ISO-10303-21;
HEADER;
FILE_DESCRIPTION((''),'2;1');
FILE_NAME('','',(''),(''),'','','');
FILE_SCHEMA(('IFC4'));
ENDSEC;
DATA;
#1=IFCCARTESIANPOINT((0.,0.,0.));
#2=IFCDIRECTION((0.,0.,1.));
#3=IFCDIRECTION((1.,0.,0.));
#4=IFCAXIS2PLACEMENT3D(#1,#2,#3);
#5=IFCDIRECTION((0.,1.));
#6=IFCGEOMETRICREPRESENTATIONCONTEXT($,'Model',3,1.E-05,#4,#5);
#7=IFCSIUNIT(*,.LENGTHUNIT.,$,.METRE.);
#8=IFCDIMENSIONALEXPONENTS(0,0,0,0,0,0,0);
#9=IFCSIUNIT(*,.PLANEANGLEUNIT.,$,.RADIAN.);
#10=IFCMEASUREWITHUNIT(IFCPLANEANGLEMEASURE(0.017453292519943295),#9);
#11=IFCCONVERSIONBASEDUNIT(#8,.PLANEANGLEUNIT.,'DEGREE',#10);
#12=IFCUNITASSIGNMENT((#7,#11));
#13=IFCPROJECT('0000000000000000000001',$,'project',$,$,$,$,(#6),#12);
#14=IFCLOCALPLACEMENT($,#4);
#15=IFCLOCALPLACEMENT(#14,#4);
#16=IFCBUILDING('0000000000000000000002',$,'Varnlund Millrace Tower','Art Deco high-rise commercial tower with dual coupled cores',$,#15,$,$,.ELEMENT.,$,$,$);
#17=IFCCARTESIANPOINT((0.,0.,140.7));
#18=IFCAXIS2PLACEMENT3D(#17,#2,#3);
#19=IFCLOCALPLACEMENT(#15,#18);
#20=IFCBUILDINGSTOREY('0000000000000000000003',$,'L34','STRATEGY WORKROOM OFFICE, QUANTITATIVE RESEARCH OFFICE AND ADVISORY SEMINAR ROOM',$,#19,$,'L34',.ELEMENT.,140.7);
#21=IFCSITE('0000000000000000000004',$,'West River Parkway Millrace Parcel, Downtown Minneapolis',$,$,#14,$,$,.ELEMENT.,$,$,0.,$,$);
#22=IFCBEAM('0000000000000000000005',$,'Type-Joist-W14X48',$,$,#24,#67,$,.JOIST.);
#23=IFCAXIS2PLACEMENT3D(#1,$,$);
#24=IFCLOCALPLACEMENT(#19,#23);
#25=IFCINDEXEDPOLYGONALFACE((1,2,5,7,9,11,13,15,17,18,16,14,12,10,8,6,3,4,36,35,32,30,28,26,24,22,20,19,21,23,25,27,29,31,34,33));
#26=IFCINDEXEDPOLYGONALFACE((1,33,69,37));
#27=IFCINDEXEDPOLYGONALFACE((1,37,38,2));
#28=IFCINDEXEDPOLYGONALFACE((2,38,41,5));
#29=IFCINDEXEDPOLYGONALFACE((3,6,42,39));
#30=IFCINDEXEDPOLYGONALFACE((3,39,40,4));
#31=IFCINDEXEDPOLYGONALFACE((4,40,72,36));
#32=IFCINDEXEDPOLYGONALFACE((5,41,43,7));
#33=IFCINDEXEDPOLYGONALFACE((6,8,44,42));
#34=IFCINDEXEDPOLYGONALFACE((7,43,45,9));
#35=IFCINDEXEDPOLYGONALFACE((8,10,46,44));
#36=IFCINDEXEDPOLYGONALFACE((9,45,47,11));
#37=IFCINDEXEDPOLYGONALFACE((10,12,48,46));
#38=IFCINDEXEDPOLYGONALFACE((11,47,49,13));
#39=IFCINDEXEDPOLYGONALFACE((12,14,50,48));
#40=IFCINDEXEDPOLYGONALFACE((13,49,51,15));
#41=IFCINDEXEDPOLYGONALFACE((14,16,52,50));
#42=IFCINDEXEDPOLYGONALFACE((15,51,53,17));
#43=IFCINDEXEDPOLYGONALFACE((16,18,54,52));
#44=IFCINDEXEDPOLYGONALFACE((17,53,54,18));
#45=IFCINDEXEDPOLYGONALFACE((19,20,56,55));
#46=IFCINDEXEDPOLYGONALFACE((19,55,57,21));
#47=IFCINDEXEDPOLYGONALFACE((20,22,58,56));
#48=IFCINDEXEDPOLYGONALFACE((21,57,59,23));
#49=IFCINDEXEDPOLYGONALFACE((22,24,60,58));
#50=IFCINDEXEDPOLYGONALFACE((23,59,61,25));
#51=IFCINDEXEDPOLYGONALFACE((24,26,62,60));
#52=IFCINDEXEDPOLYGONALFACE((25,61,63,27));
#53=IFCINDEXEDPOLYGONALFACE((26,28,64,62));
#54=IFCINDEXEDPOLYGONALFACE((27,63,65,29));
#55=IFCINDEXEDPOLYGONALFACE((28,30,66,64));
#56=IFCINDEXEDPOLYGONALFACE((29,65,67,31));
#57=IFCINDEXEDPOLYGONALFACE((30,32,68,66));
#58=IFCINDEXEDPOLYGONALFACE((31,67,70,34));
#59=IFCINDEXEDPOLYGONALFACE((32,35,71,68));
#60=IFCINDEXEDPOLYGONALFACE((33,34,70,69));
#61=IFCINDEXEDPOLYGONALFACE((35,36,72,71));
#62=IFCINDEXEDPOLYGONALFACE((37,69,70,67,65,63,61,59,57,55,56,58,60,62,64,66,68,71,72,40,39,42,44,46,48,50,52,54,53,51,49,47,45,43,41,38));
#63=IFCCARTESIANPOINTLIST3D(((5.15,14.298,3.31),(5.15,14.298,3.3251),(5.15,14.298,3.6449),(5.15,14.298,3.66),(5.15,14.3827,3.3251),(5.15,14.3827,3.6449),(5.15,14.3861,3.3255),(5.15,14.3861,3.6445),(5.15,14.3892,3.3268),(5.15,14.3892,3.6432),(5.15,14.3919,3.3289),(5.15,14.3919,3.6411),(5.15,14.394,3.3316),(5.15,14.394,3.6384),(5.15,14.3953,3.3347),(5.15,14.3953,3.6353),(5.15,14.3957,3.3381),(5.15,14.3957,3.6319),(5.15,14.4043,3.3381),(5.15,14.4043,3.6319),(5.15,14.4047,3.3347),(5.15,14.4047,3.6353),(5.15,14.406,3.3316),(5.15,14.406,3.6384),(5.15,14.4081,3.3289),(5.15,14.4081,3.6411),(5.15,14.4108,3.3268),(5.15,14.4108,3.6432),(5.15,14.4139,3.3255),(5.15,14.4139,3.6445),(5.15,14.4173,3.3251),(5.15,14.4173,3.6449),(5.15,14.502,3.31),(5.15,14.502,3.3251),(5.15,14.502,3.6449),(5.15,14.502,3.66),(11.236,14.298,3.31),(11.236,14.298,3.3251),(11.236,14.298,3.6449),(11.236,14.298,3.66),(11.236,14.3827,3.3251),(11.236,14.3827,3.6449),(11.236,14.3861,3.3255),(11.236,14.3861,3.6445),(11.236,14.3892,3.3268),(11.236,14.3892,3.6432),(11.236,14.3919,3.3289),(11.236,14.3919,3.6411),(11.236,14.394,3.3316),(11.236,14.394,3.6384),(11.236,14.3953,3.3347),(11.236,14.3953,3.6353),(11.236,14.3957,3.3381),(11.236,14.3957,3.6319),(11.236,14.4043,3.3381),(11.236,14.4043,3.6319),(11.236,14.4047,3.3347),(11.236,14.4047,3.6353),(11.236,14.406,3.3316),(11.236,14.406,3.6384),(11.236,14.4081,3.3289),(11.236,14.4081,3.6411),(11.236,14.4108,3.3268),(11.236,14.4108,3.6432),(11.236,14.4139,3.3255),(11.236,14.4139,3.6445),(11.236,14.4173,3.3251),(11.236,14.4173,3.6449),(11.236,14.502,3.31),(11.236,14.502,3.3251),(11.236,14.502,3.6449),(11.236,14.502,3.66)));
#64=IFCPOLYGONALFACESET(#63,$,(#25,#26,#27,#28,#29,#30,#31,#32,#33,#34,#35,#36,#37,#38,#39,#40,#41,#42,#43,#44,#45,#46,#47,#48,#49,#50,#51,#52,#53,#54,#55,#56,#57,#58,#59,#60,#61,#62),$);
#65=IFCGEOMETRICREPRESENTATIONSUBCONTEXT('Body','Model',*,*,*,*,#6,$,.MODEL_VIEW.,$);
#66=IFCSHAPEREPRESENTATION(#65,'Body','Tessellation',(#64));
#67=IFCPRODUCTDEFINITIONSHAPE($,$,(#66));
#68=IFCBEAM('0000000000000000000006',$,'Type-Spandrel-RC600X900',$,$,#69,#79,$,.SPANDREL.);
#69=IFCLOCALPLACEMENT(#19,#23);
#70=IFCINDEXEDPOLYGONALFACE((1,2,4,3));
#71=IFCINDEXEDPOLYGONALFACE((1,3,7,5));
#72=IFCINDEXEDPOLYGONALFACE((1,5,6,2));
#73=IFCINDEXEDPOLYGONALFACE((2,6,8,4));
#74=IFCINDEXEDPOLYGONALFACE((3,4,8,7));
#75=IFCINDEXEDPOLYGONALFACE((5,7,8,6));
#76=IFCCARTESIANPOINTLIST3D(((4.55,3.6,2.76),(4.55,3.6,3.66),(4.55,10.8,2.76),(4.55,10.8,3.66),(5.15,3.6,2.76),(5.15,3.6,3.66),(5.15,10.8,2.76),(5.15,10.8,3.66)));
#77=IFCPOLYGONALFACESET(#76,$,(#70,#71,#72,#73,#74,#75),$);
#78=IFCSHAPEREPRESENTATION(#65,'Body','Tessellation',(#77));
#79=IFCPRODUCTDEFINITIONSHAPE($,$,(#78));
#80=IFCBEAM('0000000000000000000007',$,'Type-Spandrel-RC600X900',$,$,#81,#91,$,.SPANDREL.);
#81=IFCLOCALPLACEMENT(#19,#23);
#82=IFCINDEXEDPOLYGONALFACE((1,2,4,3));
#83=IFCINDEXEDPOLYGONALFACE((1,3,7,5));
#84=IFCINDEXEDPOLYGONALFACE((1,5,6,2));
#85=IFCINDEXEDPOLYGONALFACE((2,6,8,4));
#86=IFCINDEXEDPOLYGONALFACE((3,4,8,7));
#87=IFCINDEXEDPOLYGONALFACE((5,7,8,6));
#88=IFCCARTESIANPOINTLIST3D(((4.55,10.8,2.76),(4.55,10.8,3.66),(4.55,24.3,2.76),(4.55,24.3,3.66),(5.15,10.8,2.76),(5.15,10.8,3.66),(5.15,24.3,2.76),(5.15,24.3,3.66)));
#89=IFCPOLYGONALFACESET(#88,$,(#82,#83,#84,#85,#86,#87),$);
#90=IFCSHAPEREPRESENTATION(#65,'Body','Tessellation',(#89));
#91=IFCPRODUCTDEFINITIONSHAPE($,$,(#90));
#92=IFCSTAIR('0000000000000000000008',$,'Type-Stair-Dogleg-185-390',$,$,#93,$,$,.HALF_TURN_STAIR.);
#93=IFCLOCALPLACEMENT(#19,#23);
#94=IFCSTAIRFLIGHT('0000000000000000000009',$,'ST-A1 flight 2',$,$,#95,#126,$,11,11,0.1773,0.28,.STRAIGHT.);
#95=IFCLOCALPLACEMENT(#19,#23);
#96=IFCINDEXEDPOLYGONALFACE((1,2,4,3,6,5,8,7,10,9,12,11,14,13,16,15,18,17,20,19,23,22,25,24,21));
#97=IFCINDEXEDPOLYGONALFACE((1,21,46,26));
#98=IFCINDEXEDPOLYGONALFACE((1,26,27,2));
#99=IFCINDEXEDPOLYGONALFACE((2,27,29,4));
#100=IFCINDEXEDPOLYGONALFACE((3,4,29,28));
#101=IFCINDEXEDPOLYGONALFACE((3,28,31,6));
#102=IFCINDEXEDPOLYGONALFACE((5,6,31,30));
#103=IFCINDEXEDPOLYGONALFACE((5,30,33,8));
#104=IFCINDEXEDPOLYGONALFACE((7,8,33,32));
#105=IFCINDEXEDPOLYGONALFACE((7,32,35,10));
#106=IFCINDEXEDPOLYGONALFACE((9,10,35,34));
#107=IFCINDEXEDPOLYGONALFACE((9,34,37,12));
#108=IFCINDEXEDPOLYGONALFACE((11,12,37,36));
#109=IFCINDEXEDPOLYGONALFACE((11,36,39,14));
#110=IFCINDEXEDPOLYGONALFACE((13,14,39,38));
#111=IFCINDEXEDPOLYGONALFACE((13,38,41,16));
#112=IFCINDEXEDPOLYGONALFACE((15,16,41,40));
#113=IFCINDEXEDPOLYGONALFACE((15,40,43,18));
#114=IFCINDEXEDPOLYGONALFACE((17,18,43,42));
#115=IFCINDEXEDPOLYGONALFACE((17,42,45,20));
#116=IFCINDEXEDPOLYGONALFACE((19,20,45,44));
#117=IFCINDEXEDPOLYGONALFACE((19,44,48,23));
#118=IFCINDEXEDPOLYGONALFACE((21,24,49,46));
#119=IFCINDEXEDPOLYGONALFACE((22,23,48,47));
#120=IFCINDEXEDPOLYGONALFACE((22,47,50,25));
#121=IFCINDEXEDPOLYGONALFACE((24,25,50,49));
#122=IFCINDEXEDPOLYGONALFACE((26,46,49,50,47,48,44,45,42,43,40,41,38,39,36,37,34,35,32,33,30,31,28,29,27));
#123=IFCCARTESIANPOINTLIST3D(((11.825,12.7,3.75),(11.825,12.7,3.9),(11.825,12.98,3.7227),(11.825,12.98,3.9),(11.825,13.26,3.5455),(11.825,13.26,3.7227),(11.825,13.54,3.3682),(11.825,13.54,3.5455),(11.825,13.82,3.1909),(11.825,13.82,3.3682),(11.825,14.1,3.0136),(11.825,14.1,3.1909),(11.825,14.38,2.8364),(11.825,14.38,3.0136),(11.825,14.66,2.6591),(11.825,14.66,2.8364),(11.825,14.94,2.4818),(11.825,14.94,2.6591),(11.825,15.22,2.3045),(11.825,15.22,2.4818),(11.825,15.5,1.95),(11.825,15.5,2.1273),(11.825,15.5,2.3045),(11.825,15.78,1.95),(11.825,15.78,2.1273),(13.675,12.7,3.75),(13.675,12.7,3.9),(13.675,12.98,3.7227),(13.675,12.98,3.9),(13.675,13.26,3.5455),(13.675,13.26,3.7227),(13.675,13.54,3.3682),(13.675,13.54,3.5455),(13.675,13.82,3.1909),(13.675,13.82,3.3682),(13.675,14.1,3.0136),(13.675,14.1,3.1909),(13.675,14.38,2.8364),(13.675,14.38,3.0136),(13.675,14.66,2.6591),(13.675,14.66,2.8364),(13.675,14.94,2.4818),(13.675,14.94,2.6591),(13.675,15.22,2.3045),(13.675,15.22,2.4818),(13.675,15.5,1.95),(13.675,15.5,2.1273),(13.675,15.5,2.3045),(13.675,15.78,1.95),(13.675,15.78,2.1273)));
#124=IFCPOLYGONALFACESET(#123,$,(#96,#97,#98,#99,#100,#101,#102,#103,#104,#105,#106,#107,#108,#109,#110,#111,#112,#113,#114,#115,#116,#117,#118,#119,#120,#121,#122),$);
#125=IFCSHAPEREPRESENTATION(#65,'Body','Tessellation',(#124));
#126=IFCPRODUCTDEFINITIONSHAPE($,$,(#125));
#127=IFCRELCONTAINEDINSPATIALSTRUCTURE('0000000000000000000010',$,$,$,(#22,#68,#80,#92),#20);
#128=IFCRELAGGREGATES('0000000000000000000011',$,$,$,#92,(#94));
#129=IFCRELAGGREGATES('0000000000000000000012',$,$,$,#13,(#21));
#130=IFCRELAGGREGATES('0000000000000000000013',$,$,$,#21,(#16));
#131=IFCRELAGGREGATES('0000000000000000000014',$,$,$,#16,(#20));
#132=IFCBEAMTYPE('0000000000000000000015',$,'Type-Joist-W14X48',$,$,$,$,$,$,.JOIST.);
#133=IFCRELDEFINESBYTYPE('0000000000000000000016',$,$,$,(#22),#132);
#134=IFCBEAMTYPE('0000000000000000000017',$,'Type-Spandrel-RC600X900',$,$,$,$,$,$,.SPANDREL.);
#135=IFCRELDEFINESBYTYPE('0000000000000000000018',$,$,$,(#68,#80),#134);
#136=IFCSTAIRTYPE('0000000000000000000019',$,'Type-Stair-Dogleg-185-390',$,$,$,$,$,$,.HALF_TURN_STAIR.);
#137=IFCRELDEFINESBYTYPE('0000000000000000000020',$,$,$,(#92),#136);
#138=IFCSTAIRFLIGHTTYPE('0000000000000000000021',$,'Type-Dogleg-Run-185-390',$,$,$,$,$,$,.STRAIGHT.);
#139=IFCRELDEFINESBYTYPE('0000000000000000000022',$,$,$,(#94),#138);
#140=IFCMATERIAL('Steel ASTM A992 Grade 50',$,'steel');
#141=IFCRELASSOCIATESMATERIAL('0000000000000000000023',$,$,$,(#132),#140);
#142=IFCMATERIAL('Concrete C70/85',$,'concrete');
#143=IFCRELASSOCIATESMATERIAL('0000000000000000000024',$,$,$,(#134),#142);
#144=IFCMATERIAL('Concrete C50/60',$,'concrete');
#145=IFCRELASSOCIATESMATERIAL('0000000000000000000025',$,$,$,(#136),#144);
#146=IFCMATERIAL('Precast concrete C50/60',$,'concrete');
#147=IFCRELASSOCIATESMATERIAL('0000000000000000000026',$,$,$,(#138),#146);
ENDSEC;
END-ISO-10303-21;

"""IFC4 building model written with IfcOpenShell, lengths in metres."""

from ifc_helpers import new_model, entity, si_unit, converted_unit, direction, frame, origin_with_axes, origin_2d_with_axis, place, context, subcontext, project, spatial, polyline, rectangle, i_section, outline, extrude, material, material_profile, profile_set, type_object, element, aggregate, save


model = new_model("IFC4")

# Units and contexts
model_context = context("Model", 3, precision=1e-05, world=origin_with_axes(), true_north=direction((0.0, 1.0)))
body_context = subcontext(model_context, "Body", "Model", "MODEL_VIEW")
ifc_project = project(units=[si_unit("LENGTHUNIT", "METRE"), converted_unit("PLANEANGLEUNIT", "DEGREE", entity("IfcPlaneAngleMeasure", 0.017453292519943295), si_unit("PLANEANGLEUNIT", "RADIAN"), dimensions=[0, 0, 0, 0, 0, 0, 0])], contexts=[model_context])

# Site, building, storey
site_placement = place(None, origin_with_axes())
site = spatial("IfcSite", under=ifc_project, at=site_placement, Name="West River Parkway Millrace Parcel, Downtown Minneapolis", CompositionType="ELEMENT", RefElevation=0.0)
building_placement = place(site_placement, origin_with_axes())
building = spatial("IfcBuilding", under=site, at=building_placement, Name="Varnlund Millrace Tower", Description="Art Deco high-rise commercial tower with dual coupled cores", CompositionType="ELEMENT")
storey_placement = place(building_placement, frame((0.0, 0.0, 140.7), z_axis=(0.0, 0.0, 1.0), x_axis=(1.0, 0.0, 0.0)))
storey = spatial("IfcBuildingStorey", under=building, at=storey_placement, Name="L34", Description="STRATEGY WORKROOM OFFICE, QUANTITATIVE RESEARCH OFFICE AND ADVISORY SEMINAR ROOM", LongName="L34", CompositionType="ELEMENT", Elevation=140.7)

# Beams
ifc_material_1 = material(Name="Steel ASTM A992 Grade 50", Category="steel")
ifc_material_profile_1 = material_profile(ifc_material_1, i_section(OverallWidth=0.204, OverallDepth=0.35, WebThickness=0.0086, FlangeThickness=0.0151, FilletRadius=0.013, at=origin_2d_with_axis()), Name="Steel ASTM A992 Grade 50")
ifc_profile_set_1 = profile_set([ifc_material_profile_1], Name="Steel ASTM A992 Grade 50")
beam_type_1 = type_object("IfcBeamType", Name="Type-Joist-W14X48", PredefinedType="JOIST", material=ifc_profile_set_1)
for number, where, z_axis, x_axis, name in (
    (1, (5.15, 14.4, 3.485), (1.0, 0.0, 0.0), (0.0, 1.0, 0.0), "Type-Joist-W14X48"),
):
    element("IfcBeam", number, at=place(storey_placement, frame(where, z_axis=z_axis, x_axis=x_axis)), inside=storey, type_object=beam_type_1, Name=name, PredefinedType="JOIST", context=body_context, shape_type="SweptSolid", body=[
        extrude(i_section(OverallWidth=0.204, OverallDepth=0.35, WebThickness=0.0086, FlangeThickness=0.0151, FilletRadius=0.013, at=origin_2d_with_axis()), origin_with_axes(), (0.0, 0.0, 1.0), 6.086),
    ])
ifc_material_2 = material(Name="Concrete C70/85", Category="concrete")
ifc_material_profile_2 = material_profile(ifc_material_2, rectangle(XDim=0.6, YDim=0.9, at=origin_2d_with_axis()), Name="Concrete C70/85")
ifc_profile_set_2 = profile_set([ifc_material_profile_2], Name="Concrete C70/85")
beam_type_2 = type_object("IfcBeamType", Name="Type-Spandrel-RC600X900", PredefinedType="SPANDREL", material=ifc_profile_set_2)
beam_1_placement = place(storey_placement, frame((4.85, 3.6, 3.21), z_axis=(0.0, 1.0, 0.0), x_axis=(-1.0, 0.0, 0.0)))
element("IfcBeam", 2, at=beam_1_placement, inside=storey, type_object=beam_type_2, Name="Type-Spandrel-RC600X900", PredefinedType="SPANDREL", context=body_context, shape_type="SweptSolid", body=[
    extrude(rectangle(XDim=0.6, YDim=0.9, at=origin_2d_with_axis()), origin_with_axes(), (0.0, 0.0, 1.0), 7.2),
])
beam_2_placement = place(storey_placement, frame((4.85, 10.8, 3.21), z_axis=(0.0, 1.0, 0.0), x_axis=(-1.0, 0.0, 0.0)))
element("IfcBeam", 3, at=beam_2_placement, inside=storey, type_object=beam_type_2, Name="Type-Spandrel-RC600X900", PredefinedType="SPANDREL", context=body_context, shape_type="SweptSolid", body=[
    extrude(rectangle(XDim=0.6, YDim=0.9, at=origin_2d_with_axis()), origin_with_axes(), (0.0, 0.0, 1.0), 13.5),
])

# Stair, stair flight
ifc_material_3 = material(Name="Concrete C50/60", Category="concrete")
stair_type = type_object("IfcStairType", Name="Type-Stair-Dogleg-185-390", PredefinedType="HALF_TURN_STAIR", material=ifc_material_3)
stair_placement = place(storey_placement, origin_with_axes())
stair = element("IfcStair", 4, at=stair_placement, inside=storey, type_object=stair_type, Name="Type-Stair-Dogleg-185-390", PredefinedType="HALF_TURN_STAIR")
ifc_material_4 = material(Name="Precast concrete C50/60", Category="concrete")
stair_flight_type = type_object("IfcStairFlightType", Name="Type-Dogleg-Run-185-390", PredefinedType="STRAIGHT", material=ifc_material_4)
stair_flight_placement = place(storey_placement, frame((13.675, 15.78, 1.95), z_axis=(-1.0, 0.0, 0.0), x_axis=(0.0, -1.0, 0.0)))
stair_flight = element("IfcStairFlight", 5, at=stair_flight_placement, type_object=stair_flight_type, Name="ST-A1 flight 2", NumberOfRisers=11, NumberOfTreads=11, PredefinedType="STRAIGHT", RiserHeight=0.1773, TreadLength=0.28, context=body_context, shape_type="SweptSolid", body=[
    extrude(outline(polyline([(0.0, 0.0), (0.0, 0.1773), (0.28, 0.1773), (0.28, 0.3545), (0.56, 0.3545), (0.56, 0.5318), (0.84, 0.5318), (0.84, 0.7091), (1.12, 0.7091), (1.12, 0.8864), (1.4, 0.8864), (1.4, 1.0636), (1.68, 1.0636), (1.68, 1.2409), (1.96, 1.2409), (1.96, 1.4182), (2.24, 1.4182), (2.24, 1.5955), (2.52, 1.5955), (2.52, 1.7727), (2.8, 1.7727), (2.8, 1.95), (3.08, 1.95), (3.08, 1.8), (0.28, 0.0), (0.0, 0.0)])), origin_with_axes(), (0.0, 0.0, 1.0), 1.85),
])
aggregate(stair, [stair_flight])

save(model, "model.ifc")
